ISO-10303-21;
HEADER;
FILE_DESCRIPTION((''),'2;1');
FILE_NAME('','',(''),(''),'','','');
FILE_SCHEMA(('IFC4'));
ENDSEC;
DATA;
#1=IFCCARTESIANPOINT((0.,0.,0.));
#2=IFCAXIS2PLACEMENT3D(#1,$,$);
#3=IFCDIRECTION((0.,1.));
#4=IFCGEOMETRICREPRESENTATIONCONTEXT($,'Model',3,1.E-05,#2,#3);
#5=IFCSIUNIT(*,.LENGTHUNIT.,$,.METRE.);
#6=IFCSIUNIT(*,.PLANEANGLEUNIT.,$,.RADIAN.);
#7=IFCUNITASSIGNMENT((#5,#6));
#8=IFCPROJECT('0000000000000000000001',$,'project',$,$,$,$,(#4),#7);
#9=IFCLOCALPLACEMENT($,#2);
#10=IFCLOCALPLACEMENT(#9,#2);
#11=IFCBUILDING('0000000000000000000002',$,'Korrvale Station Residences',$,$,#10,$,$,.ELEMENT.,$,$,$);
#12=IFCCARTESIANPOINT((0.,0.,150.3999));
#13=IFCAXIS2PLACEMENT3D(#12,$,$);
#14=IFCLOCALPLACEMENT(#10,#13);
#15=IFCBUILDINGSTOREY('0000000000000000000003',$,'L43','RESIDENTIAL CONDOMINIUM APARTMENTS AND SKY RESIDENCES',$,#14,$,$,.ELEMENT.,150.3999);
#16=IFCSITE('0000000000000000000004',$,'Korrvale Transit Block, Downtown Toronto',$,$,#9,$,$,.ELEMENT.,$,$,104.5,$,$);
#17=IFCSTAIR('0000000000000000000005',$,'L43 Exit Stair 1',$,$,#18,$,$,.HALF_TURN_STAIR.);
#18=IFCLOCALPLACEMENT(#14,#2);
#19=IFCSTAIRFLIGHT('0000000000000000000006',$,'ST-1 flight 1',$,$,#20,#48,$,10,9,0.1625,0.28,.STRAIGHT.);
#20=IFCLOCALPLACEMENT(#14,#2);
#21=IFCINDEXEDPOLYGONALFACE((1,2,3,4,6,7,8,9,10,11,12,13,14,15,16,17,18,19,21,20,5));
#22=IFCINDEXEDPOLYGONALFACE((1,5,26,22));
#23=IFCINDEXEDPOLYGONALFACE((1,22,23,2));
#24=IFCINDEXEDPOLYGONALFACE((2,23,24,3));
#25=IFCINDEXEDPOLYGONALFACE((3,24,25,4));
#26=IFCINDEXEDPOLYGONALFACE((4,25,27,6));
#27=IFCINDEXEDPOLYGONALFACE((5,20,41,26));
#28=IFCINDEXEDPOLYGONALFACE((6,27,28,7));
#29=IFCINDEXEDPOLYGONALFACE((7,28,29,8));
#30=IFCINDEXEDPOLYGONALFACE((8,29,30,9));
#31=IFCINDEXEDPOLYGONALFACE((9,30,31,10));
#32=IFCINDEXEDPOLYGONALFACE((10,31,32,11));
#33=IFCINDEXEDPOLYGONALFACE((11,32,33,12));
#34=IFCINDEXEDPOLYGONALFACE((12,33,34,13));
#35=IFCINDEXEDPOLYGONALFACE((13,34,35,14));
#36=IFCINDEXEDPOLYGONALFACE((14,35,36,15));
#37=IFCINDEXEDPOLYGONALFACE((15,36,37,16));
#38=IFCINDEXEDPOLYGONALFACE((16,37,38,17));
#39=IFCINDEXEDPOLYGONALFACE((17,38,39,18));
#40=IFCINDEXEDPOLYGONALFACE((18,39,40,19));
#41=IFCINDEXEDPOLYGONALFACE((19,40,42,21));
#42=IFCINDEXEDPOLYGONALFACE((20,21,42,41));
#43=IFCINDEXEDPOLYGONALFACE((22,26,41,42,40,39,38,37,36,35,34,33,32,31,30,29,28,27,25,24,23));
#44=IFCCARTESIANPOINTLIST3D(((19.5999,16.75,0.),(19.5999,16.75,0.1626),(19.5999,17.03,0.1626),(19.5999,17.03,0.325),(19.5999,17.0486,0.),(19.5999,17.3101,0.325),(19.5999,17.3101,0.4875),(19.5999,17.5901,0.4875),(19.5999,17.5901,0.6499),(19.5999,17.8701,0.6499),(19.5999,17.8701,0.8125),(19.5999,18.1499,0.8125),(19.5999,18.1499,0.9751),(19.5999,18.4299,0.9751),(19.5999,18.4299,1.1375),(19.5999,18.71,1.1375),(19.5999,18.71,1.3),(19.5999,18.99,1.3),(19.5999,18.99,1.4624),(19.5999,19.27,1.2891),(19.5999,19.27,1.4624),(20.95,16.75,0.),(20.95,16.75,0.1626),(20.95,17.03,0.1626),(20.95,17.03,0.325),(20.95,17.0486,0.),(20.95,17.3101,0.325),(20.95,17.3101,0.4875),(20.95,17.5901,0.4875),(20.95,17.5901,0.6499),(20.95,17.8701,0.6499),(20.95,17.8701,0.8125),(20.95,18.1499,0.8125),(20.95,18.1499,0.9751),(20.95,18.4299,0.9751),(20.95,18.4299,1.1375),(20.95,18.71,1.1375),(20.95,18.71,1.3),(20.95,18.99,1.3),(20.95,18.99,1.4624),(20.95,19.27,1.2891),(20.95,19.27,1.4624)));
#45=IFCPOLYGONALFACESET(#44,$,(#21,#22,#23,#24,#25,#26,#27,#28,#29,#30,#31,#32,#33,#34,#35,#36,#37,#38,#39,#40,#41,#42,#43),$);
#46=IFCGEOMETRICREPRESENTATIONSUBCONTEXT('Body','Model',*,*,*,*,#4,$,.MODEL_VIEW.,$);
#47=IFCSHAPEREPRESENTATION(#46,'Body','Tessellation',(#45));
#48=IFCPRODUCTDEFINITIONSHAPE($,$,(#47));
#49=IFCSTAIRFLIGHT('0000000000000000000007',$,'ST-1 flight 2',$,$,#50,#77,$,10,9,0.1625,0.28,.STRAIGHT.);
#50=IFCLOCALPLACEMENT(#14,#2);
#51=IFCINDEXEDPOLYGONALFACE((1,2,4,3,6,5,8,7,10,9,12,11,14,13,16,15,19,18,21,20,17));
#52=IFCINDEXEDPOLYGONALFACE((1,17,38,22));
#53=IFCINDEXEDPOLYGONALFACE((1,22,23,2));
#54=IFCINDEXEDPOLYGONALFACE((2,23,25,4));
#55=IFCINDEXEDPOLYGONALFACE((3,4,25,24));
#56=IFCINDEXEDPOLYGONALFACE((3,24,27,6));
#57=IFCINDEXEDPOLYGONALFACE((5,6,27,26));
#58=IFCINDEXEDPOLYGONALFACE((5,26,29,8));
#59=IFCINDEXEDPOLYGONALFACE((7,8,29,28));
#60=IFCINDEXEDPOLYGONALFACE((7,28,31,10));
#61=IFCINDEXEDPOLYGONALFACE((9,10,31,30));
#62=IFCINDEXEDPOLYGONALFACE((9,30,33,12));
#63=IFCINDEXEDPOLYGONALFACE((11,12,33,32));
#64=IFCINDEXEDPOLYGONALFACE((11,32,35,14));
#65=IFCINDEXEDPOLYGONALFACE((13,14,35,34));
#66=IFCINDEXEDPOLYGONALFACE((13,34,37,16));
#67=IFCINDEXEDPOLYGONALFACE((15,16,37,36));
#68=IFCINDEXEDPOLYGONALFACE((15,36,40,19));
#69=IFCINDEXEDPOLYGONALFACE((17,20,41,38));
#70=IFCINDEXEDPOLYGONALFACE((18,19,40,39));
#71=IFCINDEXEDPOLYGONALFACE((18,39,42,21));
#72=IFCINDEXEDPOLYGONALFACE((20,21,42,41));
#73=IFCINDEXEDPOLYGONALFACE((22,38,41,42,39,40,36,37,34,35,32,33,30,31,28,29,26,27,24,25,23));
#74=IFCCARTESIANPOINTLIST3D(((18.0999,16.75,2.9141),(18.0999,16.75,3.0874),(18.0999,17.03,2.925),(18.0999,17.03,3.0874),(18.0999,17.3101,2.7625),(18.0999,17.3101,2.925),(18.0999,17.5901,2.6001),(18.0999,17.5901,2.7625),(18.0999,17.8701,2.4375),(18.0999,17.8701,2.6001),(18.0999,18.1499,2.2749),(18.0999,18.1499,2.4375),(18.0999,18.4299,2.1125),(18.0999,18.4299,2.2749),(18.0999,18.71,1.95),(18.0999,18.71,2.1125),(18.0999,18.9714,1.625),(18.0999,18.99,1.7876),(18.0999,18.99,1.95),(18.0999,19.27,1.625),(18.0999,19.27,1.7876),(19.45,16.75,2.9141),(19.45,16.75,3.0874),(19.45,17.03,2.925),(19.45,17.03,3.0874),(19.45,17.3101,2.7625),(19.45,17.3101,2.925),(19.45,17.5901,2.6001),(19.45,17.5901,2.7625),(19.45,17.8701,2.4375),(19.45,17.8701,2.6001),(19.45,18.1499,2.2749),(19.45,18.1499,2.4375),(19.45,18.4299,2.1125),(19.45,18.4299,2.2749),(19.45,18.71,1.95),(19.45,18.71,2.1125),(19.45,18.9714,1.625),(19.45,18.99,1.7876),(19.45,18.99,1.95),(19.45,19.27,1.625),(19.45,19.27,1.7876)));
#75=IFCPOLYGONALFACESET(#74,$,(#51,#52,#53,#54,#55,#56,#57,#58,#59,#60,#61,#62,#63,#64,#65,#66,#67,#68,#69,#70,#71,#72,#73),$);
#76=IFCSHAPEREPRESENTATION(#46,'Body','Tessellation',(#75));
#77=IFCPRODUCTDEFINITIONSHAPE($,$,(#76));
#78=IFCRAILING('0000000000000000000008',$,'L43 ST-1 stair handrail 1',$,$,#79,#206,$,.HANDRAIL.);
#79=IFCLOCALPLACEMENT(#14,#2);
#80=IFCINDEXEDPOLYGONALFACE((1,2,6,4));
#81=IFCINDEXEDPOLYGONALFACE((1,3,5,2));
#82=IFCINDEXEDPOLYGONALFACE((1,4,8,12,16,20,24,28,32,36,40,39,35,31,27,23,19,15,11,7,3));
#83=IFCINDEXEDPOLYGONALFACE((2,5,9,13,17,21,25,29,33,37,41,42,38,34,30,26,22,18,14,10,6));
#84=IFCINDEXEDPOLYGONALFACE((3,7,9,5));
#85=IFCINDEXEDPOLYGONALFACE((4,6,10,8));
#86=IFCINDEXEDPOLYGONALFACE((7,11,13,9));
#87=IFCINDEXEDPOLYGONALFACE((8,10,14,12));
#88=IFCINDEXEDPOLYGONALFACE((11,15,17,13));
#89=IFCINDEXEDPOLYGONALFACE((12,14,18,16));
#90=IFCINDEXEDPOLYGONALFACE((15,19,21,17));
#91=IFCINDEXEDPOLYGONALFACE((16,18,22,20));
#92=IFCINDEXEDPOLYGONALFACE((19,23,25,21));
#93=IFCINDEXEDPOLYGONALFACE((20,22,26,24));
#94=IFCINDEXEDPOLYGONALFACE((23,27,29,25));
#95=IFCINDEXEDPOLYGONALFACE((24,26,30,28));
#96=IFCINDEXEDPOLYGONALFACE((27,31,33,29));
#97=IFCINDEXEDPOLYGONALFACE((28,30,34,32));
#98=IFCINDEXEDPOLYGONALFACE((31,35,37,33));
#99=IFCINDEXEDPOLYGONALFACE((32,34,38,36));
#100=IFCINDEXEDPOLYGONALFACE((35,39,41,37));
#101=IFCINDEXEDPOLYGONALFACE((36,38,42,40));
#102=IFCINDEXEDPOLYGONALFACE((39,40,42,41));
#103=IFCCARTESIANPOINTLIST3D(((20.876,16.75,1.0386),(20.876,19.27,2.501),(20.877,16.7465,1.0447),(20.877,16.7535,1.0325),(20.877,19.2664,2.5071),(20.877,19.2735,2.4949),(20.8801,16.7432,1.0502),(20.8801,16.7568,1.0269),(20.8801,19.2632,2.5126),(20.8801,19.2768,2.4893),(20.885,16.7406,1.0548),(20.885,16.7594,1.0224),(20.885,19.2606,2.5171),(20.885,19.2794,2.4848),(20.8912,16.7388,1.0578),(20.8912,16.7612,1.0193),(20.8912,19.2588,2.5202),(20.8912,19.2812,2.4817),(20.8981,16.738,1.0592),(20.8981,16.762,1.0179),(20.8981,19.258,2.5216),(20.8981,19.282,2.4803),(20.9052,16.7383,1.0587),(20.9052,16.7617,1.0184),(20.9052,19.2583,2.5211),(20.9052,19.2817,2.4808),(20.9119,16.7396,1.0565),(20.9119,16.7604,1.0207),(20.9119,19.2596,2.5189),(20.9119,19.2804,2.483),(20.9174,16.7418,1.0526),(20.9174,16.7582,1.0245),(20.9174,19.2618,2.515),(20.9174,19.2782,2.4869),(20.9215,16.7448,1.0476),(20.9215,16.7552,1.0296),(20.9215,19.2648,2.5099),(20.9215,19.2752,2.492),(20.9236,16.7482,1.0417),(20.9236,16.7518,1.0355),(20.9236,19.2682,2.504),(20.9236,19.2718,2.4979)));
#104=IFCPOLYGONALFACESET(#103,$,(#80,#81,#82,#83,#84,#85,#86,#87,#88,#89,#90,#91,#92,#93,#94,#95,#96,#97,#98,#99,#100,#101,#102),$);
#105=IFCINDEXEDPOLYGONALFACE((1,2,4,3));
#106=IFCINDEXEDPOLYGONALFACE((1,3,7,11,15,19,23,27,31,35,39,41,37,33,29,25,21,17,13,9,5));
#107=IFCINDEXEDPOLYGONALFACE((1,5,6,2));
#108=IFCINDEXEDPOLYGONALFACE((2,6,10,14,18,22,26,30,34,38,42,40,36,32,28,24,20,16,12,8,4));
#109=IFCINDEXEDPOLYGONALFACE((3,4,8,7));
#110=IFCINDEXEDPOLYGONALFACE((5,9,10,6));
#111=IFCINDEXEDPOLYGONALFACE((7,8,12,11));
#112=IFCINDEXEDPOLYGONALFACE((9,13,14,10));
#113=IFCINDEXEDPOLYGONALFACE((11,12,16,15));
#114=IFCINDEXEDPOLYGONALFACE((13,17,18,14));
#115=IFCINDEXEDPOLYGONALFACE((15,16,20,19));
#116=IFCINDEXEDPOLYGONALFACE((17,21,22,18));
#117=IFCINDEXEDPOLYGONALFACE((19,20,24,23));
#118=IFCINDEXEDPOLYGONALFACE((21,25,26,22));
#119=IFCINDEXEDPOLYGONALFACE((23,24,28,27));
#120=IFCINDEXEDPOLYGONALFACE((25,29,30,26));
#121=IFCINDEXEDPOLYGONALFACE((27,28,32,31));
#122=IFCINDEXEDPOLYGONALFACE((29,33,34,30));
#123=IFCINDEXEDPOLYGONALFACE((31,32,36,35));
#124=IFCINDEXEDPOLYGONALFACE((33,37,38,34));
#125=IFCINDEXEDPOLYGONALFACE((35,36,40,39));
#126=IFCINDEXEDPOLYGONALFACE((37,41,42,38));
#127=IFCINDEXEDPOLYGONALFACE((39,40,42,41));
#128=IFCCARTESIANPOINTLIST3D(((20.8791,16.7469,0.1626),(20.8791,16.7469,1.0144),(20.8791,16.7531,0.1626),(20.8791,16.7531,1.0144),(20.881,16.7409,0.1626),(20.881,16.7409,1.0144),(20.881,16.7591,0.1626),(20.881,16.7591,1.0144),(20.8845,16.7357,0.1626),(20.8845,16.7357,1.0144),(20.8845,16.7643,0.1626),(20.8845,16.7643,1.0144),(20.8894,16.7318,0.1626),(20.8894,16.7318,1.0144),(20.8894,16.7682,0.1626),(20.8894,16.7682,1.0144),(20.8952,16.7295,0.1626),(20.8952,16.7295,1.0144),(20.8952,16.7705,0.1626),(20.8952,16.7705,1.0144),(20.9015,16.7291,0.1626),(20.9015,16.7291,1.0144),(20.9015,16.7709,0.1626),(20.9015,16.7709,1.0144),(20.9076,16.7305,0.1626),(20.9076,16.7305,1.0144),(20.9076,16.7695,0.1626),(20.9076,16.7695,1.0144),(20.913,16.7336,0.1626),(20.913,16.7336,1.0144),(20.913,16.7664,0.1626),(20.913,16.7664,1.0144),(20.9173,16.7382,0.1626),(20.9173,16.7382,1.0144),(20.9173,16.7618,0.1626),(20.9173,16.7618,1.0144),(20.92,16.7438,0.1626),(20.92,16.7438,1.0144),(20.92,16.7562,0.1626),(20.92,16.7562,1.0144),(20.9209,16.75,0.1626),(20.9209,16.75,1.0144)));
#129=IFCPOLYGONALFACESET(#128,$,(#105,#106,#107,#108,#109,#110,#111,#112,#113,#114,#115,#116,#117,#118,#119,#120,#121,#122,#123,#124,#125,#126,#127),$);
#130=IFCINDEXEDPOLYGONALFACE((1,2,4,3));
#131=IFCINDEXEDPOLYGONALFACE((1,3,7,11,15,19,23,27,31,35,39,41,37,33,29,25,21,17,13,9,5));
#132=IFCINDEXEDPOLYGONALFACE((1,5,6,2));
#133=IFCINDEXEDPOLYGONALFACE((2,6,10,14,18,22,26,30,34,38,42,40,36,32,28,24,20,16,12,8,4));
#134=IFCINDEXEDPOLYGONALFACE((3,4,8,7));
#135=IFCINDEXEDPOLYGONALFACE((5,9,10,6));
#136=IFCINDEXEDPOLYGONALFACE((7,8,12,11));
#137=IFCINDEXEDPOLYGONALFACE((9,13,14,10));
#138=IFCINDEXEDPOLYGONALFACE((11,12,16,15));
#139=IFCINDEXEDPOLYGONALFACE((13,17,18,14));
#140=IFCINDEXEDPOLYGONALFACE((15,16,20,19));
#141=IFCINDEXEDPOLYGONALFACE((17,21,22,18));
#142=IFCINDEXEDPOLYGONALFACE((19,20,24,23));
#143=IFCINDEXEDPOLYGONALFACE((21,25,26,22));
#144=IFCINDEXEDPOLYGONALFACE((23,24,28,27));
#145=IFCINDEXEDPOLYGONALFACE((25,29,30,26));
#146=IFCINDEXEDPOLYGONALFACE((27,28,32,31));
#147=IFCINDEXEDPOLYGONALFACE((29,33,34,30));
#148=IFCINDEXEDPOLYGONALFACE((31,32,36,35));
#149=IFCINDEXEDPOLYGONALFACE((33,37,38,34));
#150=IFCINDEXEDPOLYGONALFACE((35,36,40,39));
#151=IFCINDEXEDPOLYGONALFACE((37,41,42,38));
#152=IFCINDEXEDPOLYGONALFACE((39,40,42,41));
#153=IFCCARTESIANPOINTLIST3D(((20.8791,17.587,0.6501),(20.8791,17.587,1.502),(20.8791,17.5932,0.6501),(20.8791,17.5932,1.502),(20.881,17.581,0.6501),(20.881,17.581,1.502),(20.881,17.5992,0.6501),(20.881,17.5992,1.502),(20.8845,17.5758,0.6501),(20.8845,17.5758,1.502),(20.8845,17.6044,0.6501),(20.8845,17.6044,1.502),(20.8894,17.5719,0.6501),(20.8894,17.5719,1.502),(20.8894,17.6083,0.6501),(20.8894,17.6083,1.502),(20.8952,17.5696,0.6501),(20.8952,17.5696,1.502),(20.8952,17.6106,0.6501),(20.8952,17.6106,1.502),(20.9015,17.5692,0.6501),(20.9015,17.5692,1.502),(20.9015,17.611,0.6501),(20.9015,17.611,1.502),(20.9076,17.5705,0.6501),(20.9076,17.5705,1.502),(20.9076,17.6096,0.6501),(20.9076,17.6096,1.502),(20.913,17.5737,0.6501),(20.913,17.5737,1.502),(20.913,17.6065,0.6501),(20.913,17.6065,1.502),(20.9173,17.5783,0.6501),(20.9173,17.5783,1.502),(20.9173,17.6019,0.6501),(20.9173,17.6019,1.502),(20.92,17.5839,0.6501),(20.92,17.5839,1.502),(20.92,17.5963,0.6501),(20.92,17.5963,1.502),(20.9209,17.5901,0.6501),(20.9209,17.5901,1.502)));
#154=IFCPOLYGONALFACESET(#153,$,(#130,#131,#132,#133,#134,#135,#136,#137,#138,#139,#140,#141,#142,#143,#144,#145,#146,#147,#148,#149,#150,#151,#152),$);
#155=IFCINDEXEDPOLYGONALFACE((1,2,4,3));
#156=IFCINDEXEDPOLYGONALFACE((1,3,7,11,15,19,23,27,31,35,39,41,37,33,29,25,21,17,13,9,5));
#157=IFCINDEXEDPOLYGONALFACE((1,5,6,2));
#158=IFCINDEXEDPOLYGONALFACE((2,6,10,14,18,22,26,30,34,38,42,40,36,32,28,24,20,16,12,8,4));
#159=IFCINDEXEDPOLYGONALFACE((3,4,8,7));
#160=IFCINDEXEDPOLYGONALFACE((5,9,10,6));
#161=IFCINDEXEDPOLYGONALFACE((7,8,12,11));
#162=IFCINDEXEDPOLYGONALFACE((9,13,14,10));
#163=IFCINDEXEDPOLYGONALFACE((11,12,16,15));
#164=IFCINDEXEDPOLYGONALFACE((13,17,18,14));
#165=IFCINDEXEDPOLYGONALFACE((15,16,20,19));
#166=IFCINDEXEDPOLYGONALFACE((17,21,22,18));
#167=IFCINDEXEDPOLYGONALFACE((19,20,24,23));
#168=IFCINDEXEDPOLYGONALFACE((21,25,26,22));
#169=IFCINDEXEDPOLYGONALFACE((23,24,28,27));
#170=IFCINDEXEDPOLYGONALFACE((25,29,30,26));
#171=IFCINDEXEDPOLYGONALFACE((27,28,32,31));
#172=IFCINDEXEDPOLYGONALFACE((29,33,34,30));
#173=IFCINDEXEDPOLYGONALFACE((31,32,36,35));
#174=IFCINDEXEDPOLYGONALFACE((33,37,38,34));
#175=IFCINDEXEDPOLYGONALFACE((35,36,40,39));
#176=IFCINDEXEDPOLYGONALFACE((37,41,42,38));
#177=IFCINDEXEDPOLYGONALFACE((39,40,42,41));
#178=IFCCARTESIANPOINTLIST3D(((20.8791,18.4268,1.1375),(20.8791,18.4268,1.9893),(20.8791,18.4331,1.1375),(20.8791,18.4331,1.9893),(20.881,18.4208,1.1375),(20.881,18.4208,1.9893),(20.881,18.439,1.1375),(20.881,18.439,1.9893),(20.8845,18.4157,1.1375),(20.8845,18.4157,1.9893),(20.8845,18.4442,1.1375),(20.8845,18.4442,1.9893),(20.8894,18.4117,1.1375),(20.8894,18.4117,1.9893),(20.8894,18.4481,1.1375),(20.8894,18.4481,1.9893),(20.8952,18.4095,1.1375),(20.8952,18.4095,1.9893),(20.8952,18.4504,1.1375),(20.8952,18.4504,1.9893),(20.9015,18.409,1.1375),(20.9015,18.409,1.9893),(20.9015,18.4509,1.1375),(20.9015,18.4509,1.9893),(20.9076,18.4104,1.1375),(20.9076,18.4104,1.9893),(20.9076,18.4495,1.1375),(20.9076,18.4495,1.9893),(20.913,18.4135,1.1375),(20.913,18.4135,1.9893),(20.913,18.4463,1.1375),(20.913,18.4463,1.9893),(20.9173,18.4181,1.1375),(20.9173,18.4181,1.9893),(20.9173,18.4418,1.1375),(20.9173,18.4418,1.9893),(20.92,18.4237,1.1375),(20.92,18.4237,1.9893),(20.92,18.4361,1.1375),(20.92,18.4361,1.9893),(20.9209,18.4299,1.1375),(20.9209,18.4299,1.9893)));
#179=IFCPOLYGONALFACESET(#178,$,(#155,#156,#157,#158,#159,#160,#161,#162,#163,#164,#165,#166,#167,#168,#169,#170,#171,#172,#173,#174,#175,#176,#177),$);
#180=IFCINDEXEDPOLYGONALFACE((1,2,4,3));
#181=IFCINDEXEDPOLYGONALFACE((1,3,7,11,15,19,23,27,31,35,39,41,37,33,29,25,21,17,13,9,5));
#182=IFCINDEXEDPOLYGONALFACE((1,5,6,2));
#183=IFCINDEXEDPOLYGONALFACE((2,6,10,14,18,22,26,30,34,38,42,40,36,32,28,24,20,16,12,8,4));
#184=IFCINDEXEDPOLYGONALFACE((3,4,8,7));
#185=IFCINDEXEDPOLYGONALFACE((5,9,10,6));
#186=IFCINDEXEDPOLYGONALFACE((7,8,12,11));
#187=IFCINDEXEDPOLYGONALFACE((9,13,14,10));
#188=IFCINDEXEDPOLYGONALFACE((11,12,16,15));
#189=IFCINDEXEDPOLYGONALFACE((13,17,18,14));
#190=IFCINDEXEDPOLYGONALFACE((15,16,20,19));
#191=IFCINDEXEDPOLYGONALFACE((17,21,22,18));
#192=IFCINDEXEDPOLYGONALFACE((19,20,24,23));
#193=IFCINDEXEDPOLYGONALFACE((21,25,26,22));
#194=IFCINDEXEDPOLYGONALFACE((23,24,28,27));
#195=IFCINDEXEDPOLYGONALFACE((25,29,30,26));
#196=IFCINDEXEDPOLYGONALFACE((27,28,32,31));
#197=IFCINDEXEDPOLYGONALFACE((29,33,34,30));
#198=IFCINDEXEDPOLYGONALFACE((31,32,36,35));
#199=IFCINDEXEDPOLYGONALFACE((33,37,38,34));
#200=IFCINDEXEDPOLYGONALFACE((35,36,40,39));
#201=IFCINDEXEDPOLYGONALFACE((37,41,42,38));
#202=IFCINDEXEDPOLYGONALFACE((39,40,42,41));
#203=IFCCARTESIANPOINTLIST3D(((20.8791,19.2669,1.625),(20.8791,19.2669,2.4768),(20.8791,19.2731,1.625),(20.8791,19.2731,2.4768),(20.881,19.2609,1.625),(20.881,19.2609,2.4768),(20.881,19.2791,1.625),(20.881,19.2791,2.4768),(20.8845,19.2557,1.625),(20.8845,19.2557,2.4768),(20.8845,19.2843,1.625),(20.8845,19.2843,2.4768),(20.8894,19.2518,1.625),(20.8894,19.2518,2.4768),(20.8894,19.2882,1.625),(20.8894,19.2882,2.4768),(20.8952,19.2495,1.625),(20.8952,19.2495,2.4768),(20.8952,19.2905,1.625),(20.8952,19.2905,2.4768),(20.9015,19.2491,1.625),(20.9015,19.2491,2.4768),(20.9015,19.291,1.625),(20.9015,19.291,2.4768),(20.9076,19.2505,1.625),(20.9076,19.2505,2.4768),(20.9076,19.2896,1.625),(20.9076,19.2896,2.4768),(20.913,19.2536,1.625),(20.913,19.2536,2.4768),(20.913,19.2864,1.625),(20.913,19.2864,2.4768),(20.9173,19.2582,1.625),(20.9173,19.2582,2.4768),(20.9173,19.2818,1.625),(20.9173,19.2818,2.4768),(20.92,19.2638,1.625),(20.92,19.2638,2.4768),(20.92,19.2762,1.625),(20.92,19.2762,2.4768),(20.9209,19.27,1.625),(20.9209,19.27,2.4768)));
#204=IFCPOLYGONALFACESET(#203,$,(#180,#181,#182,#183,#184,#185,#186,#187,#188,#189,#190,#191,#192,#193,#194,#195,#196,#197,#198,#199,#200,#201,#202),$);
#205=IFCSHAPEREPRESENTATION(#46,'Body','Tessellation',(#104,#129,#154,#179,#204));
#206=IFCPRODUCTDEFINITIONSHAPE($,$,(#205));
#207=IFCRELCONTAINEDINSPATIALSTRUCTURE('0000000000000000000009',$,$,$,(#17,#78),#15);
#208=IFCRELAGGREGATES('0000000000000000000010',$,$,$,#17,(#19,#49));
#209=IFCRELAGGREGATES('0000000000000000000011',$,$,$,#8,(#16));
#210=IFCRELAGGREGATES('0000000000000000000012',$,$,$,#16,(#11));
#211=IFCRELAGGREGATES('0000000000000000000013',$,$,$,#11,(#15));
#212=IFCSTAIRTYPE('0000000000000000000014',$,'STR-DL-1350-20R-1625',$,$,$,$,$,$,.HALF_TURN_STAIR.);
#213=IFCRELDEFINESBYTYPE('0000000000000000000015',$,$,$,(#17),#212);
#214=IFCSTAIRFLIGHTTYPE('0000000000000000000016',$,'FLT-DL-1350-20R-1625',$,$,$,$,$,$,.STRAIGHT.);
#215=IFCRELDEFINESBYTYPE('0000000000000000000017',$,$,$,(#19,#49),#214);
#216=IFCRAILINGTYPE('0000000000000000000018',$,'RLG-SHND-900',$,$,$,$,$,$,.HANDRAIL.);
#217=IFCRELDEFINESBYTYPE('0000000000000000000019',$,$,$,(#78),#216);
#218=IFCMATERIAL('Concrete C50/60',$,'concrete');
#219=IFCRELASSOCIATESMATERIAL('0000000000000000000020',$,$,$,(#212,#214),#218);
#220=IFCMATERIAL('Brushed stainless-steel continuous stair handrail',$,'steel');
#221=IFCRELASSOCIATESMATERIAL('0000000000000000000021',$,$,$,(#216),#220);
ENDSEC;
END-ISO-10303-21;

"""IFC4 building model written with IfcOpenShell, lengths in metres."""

from ifc_helpers import new_model, si_unit, direction, frame, origin, origin_2d, place, context, subcontext, project, spatial, polyline, circle, outline, extrude, material, type_object, element, aggregate, save


model = new_model("IFC4")

# Units and contexts
model_context = context("Model", 3, precision=1e-05, world=origin(), true_north=direction((0.0, 1.0)))
body_context = subcontext(model_context, "Body", "Model", "MODEL_VIEW")
ifc_project = project(units=[si_unit("LENGTHUNIT", "METRE"), si_unit("PLANEANGLEUNIT", "RADIAN")], contexts=[model_context])

# Site, building, storey
site_placement = place(None, origin())
site = spatial("IfcSite", under=ifc_project, at=site_placement, Name="Korrvale Transit Block, Downtown Toronto", CompositionType="ELEMENT", RefElevation=104.5)
building_placement = place(site_placement, origin())
building = spatial("IfcBuilding", under=site, at=building_placement, Name="Korrvale Station Residences", CompositionType="ELEMENT")
storey_placement = place(building_placement, frame((0.0, 0.0, 150.3999)))
storey = spatial("IfcBuildingStorey", under=building, at=storey_placement, Name="L43", Description="RESIDENTIAL CONDOMINIUM APARTMENTS AND SKY RESIDENCES", CompositionType="ELEMENT", Elevation=150.3999)

# Stair, stair flights
ifc_material_1 = material(Name="Concrete C50/60", Category="concrete")
stair_type = type_object("IfcStairType", Name="STR-DL-1350-20R-1625", PredefinedType="HALF_TURN_STAIR", material=ifc_material_1)
stair_placement = place(storey_placement, origin())
stair = element("IfcStair", 1, at=stair_placement, inside=storey, type_object=stair_type, Name="L43 Exit Stair 1", PredefinedType="HALF_TURN_STAIR")
stair_flight_type = type_object("IfcStairFlightType", Name="FLT-DL-1350-20R-1625", PredefinedType="STRAIGHT", material=ifc_material_1)
stair_flight_1_placement = place(storey_placement, frame((20.2749, 16.75, 0.0), z_axis=(0.0, 0.0, 1.0), x_axis=(0.0, 1.0, 0.0)))
stair_flight_1 = element("IfcStairFlight", 2, at=stair_flight_1_placement, type_object=stair_flight_type, Name="ST-1 flight 1", NumberOfRisers=10, NumberOfTreads=9, PredefinedType="STRAIGHT", RiserHeight=0.1625, TreadLength=0.28, context=body_context, shape_type="SweptSolid", body=[
    extrude(outline(polyline([(0.0, 0.0), (0.0, 0.1626), (0.28, 0.1626), (0.28, 0.325), (0.5601, 0.325), (0.5601, 0.4875), (0.8401, 0.4875), (0.8401, 0.6499), (1.1201, 0.6499), (1.1201, 0.8125), (1.3999, 0.8125), (1.3999, 0.9751), (1.6799, 0.9751), (1.6799, 1.1375), (1.96, 1.1375), (1.96, 1.3), (2.24, 1.3), (2.24, 1.4624), (2.52, 1.4624), (2.52, 1.625), (2.52, 1.2891), (0.2986, 0.0), (0.0, 0.0)])), frame((0.0, 0.675, 0.0), z_axis=(0.0, -1.0, 0.0), x_axis=(1.0, 0.0, 0.0)), (0.0, 0.0, 1.0), 1.3501),
])
stair_flight_2_placement = place(storey_placement, frame((18.7749, 19.27, 1.625), z_axis=(0.0, 0.0, 1.0), x_axis=(0.0, -1.0, 0.0)))
stair_flight_2 = element("IfcStairFlight", 3, at=stair_flight_2_placement, type_object=stair_flight_type, Name="ST-1 flight 2", NumberOfRisers=10, NumberOfTreads=9, PredefinedType="STRAIGHT", RiserHeight=0.1625, TreadLength=0.28, context=body_context, shape_type="SweptSolid", body=[
    extrude(outline(polyline([(0.0, 0.0), (0.0, 0.1626), (0.28, 0.1626), (0.28, 0.325), (0.5601, 0.325), (0.5601, 0.4875), (0.8401, 0.4875), (0.8401, 0.6499), (1.1201, 0.6499), (1.1201, 0.8125), (1.3999, 0.8125), (1.3999, 0.9751), (1.6799, 0.9751), (1.6799, 1.1375), (1.96, 1.1375), (1.96, 1.3), (2.24, 1.3), (2.24, 1.4624), (2.52, 1.4624), (2.52, 1.625), (2.52, 1.2891), (0.2986, 0.0), (0.0, 0.0)])), frame((0.0, 0.675, 0.0), z_axis=(0.0, -1.0, 0.0), x_axis=(1.0, 0.0, 0.0)), (0.0, 0.0, 1.0), 1.3501),
])
aggregate(stair, [stair_flight_1, stair_flight_2])

# Railing
ifc_material_2 = material(Name="Brushed stainless-steel continuous stair handrail", Category="steel")
railing_type_1 = type_object("IfcRailingType", Name="RLG-SHND-900", PredefinedType="HANDRAIL", material=ifc_material_2)
railing_1_placement = place(storey_placement, frame((20.8999, 16.75, 0.1626)))
element("IfcRailing", 4, at=railing_1_placement, inside=storey, type_object=railing_type_1, Name="L43 ST-1 stair handrail 1", PredefinedType="HANDRAIL", context=body_context, shape_type="SweptSolid", body=[
    extrude(circle(Radius=0.0239, at=origin_2d()), frame((0.0, 0.0, 0.876), z_axis=(0.0, 0.864913, 0.501921), x_axis=(-1.0, 0.0, 0.0)), (0.0, 0.0, 1.0), 2.9136),
    extrude(circle(Radius=0.021, at=origin_2d()), origin(), (0.0, 0.0, 1.0), 0.8518),
    extrude(circle(Radius=0.021, at=origin_2d()), frame((0.0, 0.8401, 0.4875)), (0.0, 0.0, 1.0), 0.8518),
    extrude(circle(Radius=0.021, at=origin_2d()), frame((0.0, 1.6799, 0.9749)), (0.0, 0.0, 1.0), 0.8518),
    extrude(circle(Radius=0.021, at=origin_2d()), frame((0.0, 2.52, 1.4624)), (0.0, 0.0, 1.0), 0.8518),
])

save(model, "model.ifc")
